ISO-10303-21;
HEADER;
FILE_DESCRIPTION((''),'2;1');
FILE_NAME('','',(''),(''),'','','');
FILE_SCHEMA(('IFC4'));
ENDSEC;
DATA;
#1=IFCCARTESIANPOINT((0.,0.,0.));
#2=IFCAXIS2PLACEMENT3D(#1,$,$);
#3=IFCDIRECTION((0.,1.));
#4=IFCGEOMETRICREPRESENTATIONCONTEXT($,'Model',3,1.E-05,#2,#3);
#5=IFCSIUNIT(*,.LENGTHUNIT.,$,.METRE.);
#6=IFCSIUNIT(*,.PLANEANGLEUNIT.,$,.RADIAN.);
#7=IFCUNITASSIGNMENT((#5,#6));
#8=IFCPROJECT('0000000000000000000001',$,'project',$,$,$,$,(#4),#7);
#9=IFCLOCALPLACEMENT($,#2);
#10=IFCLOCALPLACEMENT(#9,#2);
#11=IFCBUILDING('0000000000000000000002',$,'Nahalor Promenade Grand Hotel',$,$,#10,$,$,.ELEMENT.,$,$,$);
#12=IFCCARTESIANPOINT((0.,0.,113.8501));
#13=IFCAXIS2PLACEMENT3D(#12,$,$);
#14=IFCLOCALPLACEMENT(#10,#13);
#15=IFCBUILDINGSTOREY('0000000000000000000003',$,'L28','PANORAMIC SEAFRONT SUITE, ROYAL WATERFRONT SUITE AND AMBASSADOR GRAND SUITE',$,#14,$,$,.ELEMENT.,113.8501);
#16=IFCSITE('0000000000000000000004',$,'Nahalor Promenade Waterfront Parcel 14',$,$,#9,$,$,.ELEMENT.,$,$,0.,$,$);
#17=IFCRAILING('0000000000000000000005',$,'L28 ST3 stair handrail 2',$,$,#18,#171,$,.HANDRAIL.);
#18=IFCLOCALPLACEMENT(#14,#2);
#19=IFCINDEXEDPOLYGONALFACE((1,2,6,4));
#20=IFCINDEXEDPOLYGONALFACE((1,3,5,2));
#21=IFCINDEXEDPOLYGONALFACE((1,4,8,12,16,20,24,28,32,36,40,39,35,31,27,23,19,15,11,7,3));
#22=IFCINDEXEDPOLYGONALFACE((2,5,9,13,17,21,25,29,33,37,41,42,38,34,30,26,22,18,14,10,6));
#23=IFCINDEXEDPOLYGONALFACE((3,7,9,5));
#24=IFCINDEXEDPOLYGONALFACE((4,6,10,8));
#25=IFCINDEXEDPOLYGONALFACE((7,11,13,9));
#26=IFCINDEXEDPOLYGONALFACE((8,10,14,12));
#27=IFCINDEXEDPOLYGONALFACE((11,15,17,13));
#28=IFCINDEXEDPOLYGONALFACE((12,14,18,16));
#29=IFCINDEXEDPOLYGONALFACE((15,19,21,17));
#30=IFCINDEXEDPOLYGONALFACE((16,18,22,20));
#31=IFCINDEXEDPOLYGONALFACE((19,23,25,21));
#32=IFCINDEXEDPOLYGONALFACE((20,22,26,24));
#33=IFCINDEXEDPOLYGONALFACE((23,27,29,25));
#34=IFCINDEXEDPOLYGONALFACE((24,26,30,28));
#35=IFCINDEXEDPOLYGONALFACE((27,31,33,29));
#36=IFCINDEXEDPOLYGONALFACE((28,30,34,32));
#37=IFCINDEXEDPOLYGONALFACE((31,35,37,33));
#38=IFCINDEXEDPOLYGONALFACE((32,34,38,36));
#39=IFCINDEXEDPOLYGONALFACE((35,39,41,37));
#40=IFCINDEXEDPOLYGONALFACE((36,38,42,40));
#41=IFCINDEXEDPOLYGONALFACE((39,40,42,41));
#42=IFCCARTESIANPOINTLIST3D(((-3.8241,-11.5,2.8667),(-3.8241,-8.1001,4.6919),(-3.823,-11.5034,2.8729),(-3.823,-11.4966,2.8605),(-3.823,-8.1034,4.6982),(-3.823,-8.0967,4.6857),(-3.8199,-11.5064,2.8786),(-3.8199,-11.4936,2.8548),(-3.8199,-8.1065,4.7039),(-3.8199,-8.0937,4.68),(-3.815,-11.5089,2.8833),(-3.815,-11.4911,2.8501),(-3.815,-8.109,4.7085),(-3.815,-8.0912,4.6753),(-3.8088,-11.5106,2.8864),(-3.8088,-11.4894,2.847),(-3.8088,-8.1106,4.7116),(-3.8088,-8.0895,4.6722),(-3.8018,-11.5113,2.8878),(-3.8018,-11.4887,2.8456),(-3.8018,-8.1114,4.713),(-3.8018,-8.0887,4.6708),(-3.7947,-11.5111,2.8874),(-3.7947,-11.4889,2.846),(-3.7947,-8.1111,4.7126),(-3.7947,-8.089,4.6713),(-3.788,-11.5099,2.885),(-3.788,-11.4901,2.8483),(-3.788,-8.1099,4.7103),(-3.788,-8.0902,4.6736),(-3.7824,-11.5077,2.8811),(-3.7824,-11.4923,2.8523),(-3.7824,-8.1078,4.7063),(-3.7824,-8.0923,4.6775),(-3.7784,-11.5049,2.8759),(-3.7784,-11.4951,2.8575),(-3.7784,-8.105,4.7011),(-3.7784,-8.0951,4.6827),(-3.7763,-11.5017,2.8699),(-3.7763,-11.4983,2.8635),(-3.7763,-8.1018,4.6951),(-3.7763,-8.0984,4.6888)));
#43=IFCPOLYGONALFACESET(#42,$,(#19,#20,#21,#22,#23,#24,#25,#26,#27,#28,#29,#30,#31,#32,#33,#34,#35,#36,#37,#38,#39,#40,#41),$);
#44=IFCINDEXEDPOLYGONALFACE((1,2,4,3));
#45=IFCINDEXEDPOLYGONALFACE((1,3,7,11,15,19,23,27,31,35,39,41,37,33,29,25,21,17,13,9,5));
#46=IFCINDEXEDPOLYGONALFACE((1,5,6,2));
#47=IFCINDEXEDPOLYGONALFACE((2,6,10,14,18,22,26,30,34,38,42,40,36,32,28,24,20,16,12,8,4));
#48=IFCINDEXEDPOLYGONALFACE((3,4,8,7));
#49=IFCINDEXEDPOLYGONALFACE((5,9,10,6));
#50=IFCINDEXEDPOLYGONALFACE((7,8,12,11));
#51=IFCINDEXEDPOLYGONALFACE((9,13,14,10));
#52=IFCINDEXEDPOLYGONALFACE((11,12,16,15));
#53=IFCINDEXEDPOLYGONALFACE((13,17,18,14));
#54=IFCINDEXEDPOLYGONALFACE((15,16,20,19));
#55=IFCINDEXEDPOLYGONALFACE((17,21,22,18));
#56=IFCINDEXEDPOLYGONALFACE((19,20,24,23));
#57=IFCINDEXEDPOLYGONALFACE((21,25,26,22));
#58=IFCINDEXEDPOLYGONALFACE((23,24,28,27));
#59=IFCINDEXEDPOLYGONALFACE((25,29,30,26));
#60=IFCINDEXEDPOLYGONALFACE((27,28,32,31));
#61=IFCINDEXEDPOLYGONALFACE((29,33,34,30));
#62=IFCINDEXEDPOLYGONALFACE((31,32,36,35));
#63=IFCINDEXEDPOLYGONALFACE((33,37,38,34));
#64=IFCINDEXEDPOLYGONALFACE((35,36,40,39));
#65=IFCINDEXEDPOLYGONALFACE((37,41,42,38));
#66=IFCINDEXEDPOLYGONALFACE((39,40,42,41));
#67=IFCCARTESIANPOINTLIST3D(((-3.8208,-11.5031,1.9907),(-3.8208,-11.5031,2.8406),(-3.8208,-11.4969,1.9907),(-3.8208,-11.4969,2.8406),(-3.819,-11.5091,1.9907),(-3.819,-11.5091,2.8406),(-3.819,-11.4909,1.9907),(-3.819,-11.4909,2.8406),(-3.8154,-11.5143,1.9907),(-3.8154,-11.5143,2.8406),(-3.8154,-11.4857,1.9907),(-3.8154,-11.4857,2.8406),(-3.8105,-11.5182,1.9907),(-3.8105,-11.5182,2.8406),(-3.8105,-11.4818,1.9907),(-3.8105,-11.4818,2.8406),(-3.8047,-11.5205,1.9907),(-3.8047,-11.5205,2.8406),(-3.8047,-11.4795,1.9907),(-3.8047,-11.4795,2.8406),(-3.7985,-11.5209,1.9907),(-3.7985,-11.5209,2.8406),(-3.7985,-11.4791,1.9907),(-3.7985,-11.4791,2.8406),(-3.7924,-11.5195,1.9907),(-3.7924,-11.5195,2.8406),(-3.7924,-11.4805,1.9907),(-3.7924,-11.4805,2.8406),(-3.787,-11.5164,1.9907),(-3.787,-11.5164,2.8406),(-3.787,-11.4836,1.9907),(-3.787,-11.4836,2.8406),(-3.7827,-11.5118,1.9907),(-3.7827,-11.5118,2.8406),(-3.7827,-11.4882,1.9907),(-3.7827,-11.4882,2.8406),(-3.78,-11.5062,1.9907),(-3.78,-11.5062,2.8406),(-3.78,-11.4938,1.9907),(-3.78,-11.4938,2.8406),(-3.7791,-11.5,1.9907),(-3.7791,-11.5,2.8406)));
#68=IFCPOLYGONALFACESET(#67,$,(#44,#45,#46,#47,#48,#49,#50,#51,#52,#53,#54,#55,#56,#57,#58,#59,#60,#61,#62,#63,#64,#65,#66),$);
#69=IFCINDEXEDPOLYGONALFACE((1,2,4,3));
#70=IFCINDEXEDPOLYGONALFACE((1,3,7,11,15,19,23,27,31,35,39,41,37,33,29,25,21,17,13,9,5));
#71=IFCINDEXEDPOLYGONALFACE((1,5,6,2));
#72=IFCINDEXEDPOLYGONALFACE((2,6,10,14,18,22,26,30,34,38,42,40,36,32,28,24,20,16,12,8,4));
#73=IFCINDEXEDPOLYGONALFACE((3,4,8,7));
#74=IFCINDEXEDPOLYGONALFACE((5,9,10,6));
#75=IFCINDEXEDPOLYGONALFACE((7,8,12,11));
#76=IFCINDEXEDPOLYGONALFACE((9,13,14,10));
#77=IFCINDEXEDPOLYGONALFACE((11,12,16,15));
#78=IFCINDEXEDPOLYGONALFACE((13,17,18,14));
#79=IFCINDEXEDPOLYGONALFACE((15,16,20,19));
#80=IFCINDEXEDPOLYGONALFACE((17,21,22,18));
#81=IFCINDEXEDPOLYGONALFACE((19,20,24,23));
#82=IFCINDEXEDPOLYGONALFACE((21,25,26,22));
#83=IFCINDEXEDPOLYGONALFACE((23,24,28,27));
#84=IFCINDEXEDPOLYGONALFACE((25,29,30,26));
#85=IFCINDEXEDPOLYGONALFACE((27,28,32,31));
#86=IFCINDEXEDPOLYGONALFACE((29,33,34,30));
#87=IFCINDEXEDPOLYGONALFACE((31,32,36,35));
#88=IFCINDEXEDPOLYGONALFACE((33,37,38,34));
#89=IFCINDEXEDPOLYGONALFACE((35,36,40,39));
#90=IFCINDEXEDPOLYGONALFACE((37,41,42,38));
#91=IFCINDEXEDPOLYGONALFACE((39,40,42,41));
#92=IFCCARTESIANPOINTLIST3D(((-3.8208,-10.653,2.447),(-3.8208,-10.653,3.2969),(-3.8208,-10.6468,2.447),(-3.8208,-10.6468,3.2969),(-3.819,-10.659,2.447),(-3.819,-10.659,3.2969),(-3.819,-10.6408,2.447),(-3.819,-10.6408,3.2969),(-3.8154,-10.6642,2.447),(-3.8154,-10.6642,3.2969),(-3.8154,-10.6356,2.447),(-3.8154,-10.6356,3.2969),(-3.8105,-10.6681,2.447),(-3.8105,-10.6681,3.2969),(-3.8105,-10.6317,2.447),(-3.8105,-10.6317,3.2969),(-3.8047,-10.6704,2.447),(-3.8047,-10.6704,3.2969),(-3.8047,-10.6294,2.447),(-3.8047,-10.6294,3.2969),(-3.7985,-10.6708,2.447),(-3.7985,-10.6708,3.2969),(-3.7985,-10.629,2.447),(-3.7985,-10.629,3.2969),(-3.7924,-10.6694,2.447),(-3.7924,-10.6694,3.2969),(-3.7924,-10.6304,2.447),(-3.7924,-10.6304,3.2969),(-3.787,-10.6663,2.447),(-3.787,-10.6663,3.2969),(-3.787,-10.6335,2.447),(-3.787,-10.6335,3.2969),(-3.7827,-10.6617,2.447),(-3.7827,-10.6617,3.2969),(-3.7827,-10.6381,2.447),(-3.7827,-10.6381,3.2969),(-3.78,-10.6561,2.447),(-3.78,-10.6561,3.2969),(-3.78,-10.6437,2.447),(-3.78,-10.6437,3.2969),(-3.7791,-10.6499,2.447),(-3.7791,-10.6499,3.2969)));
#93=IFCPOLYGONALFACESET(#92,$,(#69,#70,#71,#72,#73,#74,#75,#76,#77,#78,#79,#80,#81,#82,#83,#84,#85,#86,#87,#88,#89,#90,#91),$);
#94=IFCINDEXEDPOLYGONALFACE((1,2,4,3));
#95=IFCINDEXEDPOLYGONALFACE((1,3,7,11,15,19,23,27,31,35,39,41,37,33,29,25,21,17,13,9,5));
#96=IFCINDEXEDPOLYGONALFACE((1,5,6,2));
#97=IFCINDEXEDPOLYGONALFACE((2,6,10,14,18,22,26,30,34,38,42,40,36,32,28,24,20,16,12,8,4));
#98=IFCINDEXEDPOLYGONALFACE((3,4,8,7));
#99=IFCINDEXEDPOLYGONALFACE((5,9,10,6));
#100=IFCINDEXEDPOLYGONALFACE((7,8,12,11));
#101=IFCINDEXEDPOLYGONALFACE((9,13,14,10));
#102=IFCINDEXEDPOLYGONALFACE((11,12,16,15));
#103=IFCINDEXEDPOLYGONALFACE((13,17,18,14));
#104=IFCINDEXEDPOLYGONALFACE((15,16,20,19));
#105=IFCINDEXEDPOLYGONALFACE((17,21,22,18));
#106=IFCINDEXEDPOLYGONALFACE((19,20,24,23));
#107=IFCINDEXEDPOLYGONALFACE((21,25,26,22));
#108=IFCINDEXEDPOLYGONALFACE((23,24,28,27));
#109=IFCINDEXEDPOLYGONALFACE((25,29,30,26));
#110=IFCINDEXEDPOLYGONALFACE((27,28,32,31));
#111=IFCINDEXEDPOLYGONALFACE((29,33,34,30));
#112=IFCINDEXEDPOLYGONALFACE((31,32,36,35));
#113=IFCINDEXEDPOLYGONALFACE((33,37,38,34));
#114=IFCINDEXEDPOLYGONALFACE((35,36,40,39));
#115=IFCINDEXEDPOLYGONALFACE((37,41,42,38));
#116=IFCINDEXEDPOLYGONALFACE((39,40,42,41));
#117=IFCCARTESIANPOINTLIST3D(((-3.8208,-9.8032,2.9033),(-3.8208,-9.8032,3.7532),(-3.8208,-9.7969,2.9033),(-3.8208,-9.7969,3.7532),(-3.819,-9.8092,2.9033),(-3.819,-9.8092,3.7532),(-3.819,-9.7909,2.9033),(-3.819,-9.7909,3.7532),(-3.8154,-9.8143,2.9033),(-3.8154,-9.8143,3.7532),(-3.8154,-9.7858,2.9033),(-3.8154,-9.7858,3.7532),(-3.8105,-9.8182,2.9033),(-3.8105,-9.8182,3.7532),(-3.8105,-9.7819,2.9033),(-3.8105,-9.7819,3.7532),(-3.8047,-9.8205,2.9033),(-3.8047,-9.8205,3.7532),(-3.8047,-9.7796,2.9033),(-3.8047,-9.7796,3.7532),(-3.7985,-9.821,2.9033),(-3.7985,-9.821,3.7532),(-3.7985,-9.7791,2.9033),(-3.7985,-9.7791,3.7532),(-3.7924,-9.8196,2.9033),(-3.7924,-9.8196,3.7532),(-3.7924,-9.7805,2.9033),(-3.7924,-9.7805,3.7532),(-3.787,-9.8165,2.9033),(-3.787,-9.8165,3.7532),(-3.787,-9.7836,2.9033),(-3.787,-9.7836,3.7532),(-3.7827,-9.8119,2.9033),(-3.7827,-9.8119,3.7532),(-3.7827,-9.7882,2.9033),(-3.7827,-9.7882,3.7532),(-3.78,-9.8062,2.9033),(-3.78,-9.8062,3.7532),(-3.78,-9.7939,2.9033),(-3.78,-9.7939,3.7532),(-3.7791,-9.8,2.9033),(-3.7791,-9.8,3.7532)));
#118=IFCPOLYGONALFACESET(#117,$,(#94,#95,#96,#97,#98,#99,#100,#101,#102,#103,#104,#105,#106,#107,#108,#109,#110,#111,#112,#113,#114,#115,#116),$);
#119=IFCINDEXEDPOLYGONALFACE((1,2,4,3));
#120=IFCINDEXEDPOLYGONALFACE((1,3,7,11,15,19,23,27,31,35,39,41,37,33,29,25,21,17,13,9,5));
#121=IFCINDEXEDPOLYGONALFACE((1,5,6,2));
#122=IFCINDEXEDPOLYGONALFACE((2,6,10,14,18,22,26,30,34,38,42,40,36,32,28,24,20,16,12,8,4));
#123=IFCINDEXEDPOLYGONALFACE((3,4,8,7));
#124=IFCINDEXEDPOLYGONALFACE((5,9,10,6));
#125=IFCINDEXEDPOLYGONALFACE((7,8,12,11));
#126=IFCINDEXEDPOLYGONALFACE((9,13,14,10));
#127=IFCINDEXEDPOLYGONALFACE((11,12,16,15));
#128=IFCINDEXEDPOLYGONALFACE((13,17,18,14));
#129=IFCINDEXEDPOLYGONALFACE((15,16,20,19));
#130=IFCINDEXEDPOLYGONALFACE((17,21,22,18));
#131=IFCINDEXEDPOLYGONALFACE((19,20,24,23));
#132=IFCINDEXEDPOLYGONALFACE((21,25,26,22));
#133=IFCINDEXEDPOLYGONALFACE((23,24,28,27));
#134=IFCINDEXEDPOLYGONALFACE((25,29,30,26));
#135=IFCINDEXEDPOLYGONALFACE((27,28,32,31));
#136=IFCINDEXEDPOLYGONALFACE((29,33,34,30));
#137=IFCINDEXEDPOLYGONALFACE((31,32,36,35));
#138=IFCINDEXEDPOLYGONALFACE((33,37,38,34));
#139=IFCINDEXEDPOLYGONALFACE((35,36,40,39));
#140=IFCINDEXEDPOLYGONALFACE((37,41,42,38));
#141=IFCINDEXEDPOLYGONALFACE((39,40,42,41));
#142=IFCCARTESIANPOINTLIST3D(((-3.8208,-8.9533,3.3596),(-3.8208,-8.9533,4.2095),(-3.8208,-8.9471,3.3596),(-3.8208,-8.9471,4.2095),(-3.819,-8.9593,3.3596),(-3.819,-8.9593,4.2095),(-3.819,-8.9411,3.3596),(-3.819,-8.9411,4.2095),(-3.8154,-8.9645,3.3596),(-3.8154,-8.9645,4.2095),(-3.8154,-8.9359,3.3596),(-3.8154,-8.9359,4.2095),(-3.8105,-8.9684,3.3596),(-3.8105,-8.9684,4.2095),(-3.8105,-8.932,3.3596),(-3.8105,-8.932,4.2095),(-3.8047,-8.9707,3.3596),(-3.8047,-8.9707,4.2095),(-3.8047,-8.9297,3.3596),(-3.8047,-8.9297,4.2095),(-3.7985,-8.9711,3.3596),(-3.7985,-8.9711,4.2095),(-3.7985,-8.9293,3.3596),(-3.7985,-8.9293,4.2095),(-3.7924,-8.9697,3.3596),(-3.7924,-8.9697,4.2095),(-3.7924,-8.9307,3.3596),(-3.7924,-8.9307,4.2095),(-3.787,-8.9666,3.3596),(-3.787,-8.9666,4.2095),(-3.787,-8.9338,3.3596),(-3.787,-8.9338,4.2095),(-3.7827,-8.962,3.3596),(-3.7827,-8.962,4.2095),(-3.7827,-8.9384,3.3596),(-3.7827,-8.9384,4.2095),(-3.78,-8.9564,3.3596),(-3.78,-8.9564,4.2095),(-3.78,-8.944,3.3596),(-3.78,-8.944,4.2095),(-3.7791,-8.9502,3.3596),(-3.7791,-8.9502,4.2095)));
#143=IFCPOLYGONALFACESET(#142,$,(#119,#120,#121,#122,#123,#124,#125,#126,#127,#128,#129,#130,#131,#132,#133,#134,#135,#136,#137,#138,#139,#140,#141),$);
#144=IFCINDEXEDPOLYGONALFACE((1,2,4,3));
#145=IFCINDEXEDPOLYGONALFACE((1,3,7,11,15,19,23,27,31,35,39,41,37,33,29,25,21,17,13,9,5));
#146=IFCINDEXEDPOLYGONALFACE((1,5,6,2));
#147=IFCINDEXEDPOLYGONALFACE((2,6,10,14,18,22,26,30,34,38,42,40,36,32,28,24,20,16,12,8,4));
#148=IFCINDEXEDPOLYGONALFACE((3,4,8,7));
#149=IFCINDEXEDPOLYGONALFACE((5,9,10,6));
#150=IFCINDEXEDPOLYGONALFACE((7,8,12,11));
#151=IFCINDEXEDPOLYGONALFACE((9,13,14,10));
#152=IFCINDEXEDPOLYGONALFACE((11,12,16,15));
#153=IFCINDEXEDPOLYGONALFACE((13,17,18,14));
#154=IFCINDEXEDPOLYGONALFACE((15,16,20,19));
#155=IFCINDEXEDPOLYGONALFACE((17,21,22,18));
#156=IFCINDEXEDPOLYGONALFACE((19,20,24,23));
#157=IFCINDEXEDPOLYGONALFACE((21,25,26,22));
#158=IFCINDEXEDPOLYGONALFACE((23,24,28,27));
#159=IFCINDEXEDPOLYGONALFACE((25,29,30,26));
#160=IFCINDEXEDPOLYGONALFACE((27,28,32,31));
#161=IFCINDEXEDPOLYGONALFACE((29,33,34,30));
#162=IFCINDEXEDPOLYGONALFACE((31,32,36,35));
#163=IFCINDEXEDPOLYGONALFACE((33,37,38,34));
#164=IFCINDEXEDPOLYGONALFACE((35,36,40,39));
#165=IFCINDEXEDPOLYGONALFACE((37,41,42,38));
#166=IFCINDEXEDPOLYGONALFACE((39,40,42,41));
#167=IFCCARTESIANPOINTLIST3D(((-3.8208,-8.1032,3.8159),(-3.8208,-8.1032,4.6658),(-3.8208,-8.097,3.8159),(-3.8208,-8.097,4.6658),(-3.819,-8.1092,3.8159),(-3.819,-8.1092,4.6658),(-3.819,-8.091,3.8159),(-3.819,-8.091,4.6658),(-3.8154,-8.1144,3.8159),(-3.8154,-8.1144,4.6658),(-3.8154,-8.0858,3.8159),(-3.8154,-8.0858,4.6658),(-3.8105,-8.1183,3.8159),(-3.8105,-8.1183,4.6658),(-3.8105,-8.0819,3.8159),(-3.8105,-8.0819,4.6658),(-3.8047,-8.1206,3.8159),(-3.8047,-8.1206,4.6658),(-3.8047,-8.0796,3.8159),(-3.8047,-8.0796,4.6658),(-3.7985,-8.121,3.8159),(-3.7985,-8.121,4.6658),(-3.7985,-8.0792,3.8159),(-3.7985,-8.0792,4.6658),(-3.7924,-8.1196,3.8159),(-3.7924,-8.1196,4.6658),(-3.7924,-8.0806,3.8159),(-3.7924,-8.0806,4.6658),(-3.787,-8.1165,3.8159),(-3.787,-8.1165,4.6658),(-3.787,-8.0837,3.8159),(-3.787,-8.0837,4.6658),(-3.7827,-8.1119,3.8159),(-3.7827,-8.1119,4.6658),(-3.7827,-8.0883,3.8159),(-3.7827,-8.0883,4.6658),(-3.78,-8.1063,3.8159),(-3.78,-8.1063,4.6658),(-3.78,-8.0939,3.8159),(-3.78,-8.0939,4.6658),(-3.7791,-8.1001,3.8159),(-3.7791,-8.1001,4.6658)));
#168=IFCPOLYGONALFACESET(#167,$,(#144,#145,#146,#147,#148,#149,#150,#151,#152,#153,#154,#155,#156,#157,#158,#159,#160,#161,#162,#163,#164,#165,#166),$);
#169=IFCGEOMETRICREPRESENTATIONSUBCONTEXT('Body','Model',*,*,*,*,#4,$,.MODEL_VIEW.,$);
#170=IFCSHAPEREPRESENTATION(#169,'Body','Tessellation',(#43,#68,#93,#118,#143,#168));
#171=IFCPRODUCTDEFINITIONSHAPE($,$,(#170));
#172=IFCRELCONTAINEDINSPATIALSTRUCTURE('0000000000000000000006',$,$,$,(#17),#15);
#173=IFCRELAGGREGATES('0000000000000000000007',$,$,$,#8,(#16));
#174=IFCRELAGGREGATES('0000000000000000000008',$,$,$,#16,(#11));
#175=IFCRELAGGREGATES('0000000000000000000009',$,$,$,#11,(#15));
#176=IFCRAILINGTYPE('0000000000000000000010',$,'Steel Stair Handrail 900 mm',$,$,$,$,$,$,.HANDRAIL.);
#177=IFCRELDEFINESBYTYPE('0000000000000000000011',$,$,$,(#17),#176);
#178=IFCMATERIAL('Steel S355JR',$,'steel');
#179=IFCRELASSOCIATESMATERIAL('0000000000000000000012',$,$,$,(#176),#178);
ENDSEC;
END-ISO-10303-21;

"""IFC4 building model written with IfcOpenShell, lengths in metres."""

from ifc_helpers import new_model, si_unit, direction, frame, origin, origin_2d, place, context, subcontext, project, spatial, circle, extrude, material, type_object, element, save


model = new_model("IFC4")

# Units and contexts
model_context = context("Model", 3, precision=1e-05, world=origin(), true_north=direction((0.0, 1.0)))
body_context = subcontext(model_context, "Body", "Model", "MODEL_VIEW")
ifc_project = project(units=[si_unit("LENGTHUNIT", "METRE"), si_unit("PLANEANGLEUNIT", "RADIAN")], contexts=[model_context])

# Site, building, storey
site_placement = place(None, origin())
site = spatial("IfcSite", under=ifc_project, at=site_placement, Name="Nahalor Promenade Waterfront Parcel 14", CompositionType="ELEMENT", RefElevation=0.0)
building_placement = place(site_placement, origin())
building = spatial("IfcBuilding", under=site, at=building_placement, Name="Nahalor Promenade Grand Hotel", CompositionType="ELEMENT")
storey_placement = place(building_placement, frame((0.0, 0.0, 113.8501)))
storey = spatial("IfcBuildingStorey", under=building, at=storey_placement, Name="L28", Description="PANORAMIC SEAFRONT SUITE, ROYAL WATERFRONT SUITE AND AMBASSADOR GRAND SUITE", CompositionType="ELEMENT", Elevation=113.8501)

# Shared definitions
ifc_material_1 = material(Name="Steel S355JR", Category="steel")

# Railing
railing_type_1 = type_object("IfcRailingType", Name="Steel Stair Handrail 900 mm", PredefinedType="HANDRAIL", material=ifc_material_1)
railing_1_placement = place(storey_placement, frame((-3.8, -11.5, 1.9907)))
element("IfcRailing", 1, at=railing_1_placement, inside=storey, type_object=railing_type_1, Name="L28 ST3 stair handrail 2", PredefinedType="HANDRAIL", context=body_context, shape_type="SweptSolid", body=[
    extrude(circle(Radius=0.024, at=origin_2d()), frame((0.0, 0.0, 0.876), z_axis=(0.0, 0.881068, 0.47299), x_axis=(-1.0, 0.0, 0.0)), (0.0, 0.0, 1.0), 3.8589),
    extrude(circle(Radius=0.021, at=origin_2d()), origin(), (0.0, 0.0, 1.0), 0.8499),
    extrude(circle(Radius=0.021, at=origin_2d()), frame((0.0, 0.8501, 0.4563)), (0.0, 0.0, 1.0), 0.8499),
    extrude(circle(Radius=0.021, at=origin_2d()), frame((0.0, 1.7, 0.9126)), (0.0, 0.0, 1.0), 0.8499),
    extrude(circle(Radius=0.021, at=origin_2d()), frame((0.0, 2.5498, 1.3689)), (0.0, 0.0, 1.0), 0.8499),
    extrude(circle(Radius=0.021, at=origin_2d()), frame((0.0, 3.3999, 1.8252)), (0.0, 0.0, 1.0), 0.8499),
])

save(model, "model.ifc")
